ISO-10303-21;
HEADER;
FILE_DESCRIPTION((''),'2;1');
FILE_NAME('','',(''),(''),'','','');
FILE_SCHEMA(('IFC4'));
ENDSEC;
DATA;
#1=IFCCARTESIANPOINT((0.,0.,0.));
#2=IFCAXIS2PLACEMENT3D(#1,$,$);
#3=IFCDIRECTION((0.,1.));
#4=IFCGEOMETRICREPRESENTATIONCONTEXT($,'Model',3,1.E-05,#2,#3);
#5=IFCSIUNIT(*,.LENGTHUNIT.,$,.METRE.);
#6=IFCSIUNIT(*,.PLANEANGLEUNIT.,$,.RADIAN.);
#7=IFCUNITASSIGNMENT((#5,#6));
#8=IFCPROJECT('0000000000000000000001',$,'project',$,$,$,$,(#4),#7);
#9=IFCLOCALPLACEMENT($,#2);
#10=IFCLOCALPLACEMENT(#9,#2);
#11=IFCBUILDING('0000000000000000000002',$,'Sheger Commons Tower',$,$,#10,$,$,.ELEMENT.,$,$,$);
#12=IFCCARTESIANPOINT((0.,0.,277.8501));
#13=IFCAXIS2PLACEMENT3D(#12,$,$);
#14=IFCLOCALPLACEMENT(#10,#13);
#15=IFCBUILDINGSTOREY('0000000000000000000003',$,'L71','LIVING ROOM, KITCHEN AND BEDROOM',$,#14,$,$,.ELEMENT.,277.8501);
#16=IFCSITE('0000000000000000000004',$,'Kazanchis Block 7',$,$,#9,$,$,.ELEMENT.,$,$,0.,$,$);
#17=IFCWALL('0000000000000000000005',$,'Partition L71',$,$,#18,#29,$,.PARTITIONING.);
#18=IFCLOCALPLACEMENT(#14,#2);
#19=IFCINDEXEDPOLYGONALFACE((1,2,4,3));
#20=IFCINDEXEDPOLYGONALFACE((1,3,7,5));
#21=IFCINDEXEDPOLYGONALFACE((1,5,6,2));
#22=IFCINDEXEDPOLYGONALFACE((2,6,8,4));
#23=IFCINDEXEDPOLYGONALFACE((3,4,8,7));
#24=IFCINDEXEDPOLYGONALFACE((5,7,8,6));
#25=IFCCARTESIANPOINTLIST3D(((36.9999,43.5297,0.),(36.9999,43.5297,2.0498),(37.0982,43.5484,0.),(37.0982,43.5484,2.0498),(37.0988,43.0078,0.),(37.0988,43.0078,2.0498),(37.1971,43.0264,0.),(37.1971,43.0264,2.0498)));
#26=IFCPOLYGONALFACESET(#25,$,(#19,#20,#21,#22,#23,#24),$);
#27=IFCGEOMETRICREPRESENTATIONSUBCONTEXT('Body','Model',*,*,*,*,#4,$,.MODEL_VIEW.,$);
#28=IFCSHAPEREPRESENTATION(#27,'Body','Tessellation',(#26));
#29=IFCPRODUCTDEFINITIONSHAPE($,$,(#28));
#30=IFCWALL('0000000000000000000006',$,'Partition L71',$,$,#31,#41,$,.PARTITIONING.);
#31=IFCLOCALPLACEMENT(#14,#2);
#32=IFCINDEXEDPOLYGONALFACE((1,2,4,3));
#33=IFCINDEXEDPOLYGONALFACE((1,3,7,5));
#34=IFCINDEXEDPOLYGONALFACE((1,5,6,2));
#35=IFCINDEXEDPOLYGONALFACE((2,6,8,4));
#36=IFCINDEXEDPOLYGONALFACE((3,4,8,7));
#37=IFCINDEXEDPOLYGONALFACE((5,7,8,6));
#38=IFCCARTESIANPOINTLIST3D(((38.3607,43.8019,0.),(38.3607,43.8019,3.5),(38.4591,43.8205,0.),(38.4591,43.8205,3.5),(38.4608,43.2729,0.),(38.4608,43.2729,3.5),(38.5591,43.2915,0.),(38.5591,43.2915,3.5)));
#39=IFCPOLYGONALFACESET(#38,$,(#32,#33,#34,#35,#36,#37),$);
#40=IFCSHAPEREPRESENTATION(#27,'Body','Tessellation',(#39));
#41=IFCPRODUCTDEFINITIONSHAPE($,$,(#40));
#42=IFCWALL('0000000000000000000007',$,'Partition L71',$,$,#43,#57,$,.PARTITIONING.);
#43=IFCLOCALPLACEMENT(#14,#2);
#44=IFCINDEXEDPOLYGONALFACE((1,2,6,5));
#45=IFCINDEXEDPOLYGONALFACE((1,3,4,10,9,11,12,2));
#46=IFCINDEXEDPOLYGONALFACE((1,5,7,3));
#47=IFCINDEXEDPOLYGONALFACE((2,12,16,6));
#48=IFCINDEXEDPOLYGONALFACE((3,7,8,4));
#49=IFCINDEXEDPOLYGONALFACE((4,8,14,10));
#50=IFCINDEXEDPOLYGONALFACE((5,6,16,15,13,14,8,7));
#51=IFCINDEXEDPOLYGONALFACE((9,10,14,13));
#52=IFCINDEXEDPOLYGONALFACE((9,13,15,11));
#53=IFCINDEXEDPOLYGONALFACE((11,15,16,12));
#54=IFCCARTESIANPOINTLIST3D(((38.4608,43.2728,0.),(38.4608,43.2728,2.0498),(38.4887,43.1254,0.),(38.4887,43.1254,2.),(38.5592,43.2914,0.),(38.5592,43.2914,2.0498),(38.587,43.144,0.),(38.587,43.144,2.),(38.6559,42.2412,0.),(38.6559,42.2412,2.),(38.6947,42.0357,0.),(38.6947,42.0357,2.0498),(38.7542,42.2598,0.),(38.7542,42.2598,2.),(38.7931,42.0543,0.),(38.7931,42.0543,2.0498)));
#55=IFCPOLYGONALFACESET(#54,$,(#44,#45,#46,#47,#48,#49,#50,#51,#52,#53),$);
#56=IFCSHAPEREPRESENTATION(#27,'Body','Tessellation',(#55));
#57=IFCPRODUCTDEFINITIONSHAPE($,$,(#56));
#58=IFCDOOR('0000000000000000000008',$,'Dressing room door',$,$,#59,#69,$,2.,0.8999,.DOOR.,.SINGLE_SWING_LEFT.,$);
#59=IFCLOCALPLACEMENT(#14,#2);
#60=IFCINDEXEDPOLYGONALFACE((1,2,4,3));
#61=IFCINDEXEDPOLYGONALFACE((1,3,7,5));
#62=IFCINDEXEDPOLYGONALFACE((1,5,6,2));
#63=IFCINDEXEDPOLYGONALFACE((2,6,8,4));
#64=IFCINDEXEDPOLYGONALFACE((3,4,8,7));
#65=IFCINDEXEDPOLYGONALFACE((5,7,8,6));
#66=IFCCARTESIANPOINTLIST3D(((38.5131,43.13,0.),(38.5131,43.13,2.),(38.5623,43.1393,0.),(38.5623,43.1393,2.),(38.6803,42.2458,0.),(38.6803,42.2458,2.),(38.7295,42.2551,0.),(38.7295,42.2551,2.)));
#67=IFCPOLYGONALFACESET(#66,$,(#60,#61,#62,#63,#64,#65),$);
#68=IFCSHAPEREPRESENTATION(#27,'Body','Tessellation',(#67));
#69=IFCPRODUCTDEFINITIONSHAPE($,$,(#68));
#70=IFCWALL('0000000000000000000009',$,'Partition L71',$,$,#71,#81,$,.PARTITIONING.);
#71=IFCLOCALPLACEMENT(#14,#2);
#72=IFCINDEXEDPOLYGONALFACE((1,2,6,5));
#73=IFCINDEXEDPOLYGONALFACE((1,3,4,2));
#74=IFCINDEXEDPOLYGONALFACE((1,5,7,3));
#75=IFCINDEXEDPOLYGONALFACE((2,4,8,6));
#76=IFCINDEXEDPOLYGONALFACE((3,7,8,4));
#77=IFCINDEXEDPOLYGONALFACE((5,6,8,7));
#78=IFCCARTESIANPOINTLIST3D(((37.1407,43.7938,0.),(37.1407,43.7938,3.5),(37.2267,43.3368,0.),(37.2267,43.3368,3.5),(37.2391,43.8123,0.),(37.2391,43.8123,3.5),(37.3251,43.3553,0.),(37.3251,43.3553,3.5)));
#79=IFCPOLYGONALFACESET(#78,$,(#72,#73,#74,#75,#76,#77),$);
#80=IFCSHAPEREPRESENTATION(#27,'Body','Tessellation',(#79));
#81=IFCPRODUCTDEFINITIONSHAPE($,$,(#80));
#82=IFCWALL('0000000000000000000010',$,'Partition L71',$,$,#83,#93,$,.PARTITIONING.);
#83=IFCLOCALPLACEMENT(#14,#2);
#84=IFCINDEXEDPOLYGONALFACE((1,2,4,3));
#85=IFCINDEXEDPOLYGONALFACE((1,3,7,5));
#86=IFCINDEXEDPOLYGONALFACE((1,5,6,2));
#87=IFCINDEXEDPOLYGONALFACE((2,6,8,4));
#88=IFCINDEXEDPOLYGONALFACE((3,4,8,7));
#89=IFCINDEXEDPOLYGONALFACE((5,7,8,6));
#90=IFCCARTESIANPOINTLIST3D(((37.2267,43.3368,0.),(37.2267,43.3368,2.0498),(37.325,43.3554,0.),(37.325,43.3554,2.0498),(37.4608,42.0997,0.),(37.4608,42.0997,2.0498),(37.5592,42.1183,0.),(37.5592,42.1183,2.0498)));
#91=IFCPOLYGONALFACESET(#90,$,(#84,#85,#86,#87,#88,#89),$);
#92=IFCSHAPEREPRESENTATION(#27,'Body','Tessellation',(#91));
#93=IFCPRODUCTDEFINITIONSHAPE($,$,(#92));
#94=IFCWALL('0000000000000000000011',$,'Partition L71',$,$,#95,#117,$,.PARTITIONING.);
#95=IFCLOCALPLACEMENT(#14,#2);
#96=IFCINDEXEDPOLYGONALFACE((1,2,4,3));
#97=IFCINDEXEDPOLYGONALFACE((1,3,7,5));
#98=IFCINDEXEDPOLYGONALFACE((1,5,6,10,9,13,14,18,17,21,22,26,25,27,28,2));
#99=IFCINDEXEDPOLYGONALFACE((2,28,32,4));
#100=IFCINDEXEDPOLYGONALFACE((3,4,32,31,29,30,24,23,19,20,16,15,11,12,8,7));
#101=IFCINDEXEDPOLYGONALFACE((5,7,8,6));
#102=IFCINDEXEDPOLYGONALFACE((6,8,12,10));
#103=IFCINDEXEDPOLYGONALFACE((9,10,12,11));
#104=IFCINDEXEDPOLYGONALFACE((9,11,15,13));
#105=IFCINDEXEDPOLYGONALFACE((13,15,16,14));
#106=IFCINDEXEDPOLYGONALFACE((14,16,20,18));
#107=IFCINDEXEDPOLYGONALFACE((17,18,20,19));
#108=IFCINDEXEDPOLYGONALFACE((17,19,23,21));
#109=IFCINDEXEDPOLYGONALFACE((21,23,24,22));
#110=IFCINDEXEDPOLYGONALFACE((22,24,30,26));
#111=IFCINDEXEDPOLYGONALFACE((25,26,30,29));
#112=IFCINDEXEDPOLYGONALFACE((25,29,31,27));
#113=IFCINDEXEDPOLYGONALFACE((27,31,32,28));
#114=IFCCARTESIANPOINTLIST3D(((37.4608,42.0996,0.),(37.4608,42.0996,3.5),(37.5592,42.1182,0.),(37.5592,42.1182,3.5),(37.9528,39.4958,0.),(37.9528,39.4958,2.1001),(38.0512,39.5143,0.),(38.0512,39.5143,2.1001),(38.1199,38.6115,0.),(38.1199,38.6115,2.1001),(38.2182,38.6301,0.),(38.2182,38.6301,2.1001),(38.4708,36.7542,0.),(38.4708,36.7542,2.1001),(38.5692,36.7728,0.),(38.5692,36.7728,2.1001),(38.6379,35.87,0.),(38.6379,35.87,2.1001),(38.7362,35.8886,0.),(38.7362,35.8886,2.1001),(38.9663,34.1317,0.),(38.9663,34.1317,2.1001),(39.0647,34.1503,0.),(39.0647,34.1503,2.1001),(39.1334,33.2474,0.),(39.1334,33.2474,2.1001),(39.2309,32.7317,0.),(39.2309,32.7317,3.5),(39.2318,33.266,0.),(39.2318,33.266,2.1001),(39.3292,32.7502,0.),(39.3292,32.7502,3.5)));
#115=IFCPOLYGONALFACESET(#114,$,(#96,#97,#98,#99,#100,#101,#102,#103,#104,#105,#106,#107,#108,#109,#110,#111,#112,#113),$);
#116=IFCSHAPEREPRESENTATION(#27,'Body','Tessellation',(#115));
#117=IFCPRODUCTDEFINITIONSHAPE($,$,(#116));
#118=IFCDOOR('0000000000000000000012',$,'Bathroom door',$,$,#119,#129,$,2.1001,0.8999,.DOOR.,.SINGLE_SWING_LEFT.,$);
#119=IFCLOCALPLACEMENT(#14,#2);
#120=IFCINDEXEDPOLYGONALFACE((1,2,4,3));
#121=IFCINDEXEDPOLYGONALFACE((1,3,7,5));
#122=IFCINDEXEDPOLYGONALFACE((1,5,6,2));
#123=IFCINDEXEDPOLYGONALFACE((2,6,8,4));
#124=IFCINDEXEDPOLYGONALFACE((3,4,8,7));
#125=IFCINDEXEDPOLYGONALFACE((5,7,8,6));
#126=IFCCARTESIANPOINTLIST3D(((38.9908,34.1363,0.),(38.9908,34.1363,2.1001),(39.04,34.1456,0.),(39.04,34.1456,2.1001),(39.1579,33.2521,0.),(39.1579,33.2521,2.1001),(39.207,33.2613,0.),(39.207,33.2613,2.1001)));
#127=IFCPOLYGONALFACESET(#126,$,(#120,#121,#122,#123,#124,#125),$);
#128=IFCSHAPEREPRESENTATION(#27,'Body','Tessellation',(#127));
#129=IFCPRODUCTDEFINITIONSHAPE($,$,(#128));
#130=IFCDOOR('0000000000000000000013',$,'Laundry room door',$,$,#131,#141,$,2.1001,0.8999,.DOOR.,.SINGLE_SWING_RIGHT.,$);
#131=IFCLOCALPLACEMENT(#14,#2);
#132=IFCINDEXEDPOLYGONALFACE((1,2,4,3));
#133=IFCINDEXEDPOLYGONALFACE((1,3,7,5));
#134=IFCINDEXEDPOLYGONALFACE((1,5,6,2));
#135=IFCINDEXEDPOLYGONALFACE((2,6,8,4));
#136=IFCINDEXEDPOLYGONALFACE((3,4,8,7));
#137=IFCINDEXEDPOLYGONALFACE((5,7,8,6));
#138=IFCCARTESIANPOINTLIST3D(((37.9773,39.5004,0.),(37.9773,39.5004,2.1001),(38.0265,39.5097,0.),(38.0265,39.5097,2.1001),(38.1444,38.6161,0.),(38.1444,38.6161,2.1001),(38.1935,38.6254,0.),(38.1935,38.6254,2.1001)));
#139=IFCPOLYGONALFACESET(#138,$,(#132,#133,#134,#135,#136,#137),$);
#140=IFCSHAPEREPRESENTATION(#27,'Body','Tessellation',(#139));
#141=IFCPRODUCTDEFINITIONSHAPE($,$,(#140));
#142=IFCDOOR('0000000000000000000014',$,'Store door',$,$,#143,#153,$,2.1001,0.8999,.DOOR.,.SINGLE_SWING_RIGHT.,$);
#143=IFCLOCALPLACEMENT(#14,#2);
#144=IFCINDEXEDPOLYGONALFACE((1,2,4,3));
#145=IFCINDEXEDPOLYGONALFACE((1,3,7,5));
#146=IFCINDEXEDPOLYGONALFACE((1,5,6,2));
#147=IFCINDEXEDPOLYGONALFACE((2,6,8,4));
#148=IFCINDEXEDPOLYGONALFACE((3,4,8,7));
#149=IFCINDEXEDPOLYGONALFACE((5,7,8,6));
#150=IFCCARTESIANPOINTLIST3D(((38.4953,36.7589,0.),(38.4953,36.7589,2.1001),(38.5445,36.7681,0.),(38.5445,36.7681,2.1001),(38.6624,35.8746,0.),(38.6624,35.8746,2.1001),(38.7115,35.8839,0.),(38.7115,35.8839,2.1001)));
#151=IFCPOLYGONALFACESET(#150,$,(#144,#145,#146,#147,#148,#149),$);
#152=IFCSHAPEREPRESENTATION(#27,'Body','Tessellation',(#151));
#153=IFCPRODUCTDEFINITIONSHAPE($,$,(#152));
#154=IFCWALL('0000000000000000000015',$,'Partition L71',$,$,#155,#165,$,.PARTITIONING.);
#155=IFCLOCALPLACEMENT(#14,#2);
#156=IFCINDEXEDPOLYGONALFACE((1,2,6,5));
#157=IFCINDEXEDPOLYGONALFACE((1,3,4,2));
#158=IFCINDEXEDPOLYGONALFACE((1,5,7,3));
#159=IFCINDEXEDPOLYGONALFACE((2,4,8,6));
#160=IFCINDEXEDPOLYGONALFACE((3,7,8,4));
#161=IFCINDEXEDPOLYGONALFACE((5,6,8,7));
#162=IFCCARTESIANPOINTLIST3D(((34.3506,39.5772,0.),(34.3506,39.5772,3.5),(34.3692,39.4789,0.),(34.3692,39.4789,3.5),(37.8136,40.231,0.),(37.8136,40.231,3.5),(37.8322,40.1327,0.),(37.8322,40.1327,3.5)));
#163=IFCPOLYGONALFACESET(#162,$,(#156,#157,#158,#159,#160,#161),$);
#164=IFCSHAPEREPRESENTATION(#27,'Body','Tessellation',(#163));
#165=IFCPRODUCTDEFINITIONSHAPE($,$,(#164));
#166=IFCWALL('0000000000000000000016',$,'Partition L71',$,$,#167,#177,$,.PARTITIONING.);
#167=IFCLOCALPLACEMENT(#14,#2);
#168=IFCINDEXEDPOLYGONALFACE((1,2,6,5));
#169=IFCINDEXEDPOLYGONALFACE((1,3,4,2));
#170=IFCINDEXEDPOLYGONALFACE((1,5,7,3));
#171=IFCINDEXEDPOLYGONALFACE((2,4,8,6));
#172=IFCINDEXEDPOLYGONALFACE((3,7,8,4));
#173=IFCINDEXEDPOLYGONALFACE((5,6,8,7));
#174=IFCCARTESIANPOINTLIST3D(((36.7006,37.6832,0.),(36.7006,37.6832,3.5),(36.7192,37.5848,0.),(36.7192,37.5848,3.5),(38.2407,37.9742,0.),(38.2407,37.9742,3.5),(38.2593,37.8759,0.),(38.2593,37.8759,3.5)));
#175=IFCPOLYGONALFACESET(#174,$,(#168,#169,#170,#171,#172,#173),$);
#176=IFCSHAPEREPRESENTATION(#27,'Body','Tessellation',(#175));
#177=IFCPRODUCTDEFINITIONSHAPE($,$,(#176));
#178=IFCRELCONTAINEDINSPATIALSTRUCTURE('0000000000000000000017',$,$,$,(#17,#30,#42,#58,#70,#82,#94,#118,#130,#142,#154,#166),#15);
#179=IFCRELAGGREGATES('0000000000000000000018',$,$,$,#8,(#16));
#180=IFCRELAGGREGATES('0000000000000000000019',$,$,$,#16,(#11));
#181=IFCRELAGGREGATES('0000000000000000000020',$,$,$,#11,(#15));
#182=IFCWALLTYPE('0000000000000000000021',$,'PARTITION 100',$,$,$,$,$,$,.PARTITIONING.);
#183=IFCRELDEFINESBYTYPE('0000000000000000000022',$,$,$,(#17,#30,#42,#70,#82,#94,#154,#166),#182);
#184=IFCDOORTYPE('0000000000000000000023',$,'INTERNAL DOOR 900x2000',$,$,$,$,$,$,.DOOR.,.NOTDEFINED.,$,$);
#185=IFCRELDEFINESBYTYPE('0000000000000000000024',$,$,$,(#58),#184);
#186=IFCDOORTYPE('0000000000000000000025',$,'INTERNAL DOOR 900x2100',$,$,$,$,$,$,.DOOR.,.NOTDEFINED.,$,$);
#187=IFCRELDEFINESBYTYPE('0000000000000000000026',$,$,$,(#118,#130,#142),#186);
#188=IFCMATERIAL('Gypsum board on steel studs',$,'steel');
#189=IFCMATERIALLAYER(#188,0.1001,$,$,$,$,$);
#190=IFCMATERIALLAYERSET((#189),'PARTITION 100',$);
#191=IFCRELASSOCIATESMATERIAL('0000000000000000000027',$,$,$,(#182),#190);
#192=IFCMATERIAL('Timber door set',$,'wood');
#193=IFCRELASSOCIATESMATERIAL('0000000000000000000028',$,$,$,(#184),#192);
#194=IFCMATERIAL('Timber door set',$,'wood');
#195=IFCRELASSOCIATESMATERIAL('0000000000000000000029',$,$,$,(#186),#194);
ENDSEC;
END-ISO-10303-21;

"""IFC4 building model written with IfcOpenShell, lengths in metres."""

from ifc_helpers import new_model, si_unit, direction, frame, frame_2d, origin, place, context, subcontext, project, spatial, rectangle, extrude, material, layer, layer_set, type_object, element, fill, save


model = new_model("IFC4")

# Units and contexts
model_context = context("Model", 3, precision=1e-05, world=origin(), true_north=direction((0.0, 1.0)))
body_context = subcontext(model_context, "Body", "Model", "MODEL_VIEW")
ifc_project = project(units=[si_unit("LENGTHUNIT", "METRE"), si_unit("PLANEANGLEUNIT", "RADIAN")], contexts=[model_context])

# Site, building, storey
site_placement = place(None, origin())
site = spatial("IfcSite", under=ifc_project, at=site_placement, Name="Kazanchis Block 7", CompositionType="ELEMENT", RefElevation=0.0)
building_placement = place(site_placement, origin())
building = spatial("IfcBuilding", under=site, at=building_placement, Name="Sheger Commons Tower", CompositionType="ELEMENT")
storey_placement = place(building_placement, frame((0.0, 0.0, 277.8501)))
storey = spatial("IfcBuildingStorey", under=building, at=storey_placement, Name="L71", Description="LIVING ROOM, KITCHEN AND BEDROOM", CompositionType="ELEMENT", Elevation=277.8501)

# Walls
ifc_material_1 = material(Name="Gypsum board on steel studs", Category="steel")
ifc_layer_1 = layer(ifc_material_1, 0.1001)
ifc_layer_set_1 = layer_set([ifc_layer_1], Name="PARTITION 100")
wall_type_1 = type_object("IfcWallType", Name="PARTITION 100", PredefinedType="PARTITIONING", material=ifc_layer_set_1)
wall_1_placement = place(storey_placement, frame((37.0491, 43.5391, 0.0), z_axis=(0.0, 0.0, 1.0), x_axis=(0.186119, -0.982527, 0.0)))
element("IfcWall", 1, at=wall_1_placement, inside=storey, type_object=wall_type_1, Name="Partition L71", PredefinedType="PARTITIONING", context=body_context, shape_type="SweptSolid", body=[
    extrude(rectangle(XDim=0.5312, YDim=0.1001, at=frame_2d((0.2656, 0.0))), origin(), (0.0, 0.0, 1.0), 2.0498),
])
wall_2_placement = place(storey_placement, frame((38.4099, 43.811, 0.0), z_axis=(0.0, 0.0, 1.0), x_axis=(0.185903, -0.982568, 0.0)))
element("IfcWall", 2, at=wall_2_placement, inside=storey, type_object=wall_type_1, Name="Partition L71", PredefinedType="PARTITIONING", context=body_context, shape_type="SweptSolid", body=[
    extrude(rectangle(XDim=0.5383, YDim=0.1001, at=frame_2d((0.269, 0.0))), origin(), (0.0, 0.0, 1.0), 3.5),
])

# Wall, opening, door
wall_3_placement = place(storey_placement, frame((38.51, 43.282, 0.0), z_axis=(0.0, 0.0, 1.0), x_axis=(0.185775, -0.982592, 0.0)))
wall_3 = element("IfcWall", 3, at=wall_3_placement, inside=storey, type_object=wall_type_1, Name="Partition L71", PredefinedType="PARTITIONING", context=body_context, shape_type="SweptSolid", body=[
    extrude(rectangle(XDim=1.259, YDim=0.1001, at=frame_2d((0.6294, 0.0))), origin(), (0.0, 0.0, 1.0), 2.0498),
])
opening_1_placement = place(wall_3_placement, frame((0.1499, 0.0, 0.0)))
opening_1 = element("IfcOpeningElement", 4, at=opening_1_placement, cuts=wall_3, PredefinedType="OPENING", context=body_context, shape_type="SweptSolid", body=[
    extrude(rectangle(XDim=0.8999, YDim=2.0, at=frame_2d((0.45, 1.0))), frame((0.0, 0.0601, 0.0), z_axis=(0.0, -1.0, 0.0), x_axis=(1.0, 0.0, 0.0)), (0.0, 0.0, 1.0), 0.1201),
])
ifc_material_2 = material(Name="Timber door set", Category="wood")
door_type_1 = type_object("IfcDoorType", Name="INTERNAL DOOR 900x2000", OperationType="NOTDEFINED", PredefinedType="DOOR", material=ifc_material_2)
door_1_placement = place(opening_1_placement, origin())
door_1 = element("IfcDoor", 5, at=door_1_placement, inside=storey, type_object=door_type_1, Name="Dressing room door", OperationType="SINGLE_SWING_LEFT", OverallHeight=2.0, OverallWidth=0.8999, PredefinedType="DOOR", context=body_context, shape_type="SweptSolid", body=[
    extrude(rectangle(XDim=0.8999, YDim=2.0, at=frame_2d((0.45, 1.0))), frame((0.0, 0.0249, 0.0), z_axis=(0.0, -1.0, 0.0), x_axis=(1.0, 0.0, 0.0)), (0.0, 0.0, 1.0), 0.05),
])
fill(opening_1, door_1)

# Walls
wall_4_placement = place(storey_placement, frame((37.1899, 43.803, 0.0), z_axis=(0.0, 0.0, 1.0), x_axis=(0.184796, -0.982777, 0.0)))
element("IfcWall", 6, at=wall_4_placement, inside=storey, type_object=wall_type_1, Name="Partition L71", PredefinedType="PARTITIONING", context=body_context, shape_type="SweptSolid", body=[
    extrude(rectangle(XDim=0.4651, YDim=0.1001, at=frame_2d((0.2324, 0.0))), origin(), (0.0, 0.0, 1.0), 3.5),
])
wall_5_placement = place(storey_placement, frame((37.2759, 43.3459, 0.0), z_axis=(0.0, 0.0, 1.0), x_axis=(0.185963, -0.982557, 0.0)))
element("IfcWall", 7, at=wall_5_placement, inside=storey, type_object=wall_type_1, Name="Partition L71", PredefinedType="PARTITIONING", context=body_context, shape_type="SweptSolid", body=[
    extrude(rectangle(XDim=1.259, YDim=0.1001, at=frame_2d((0.6294, 0.0))), origin(), (0.0, 0.0, 1.0), 2.0498),
])

# Wall, openings, doors
wall_6_placement = place(storey_placement, frame((37.51, 42.1089, 0.0), z_axis=(0.0, 0.0, 1.0), x_axis=(0.18566, -0.982614, 0.0)))
wall_6 = element("IfcWall", 8, at=wall_6_placement, inside=storey, type_object=wall_type_1, Name="Partition L71", PredefinedType="PARTITIONING", context=body_context, shape_type="SweptSolid", body=[
    extrude(rectangle(XDim=9.5337, YDim=0.1001, at=frame_2d((4.7668, 0.0))), origin(), (0.0, 0.0, 1.0), 3.5),
])
opening_2_placement = place(wall_6_placement, frame((8.1089, 0.0, 0.0)))
opening_2 = element("IfcOpeningElement", 9, at=opening_2_placement, cuts=wall_6, PredefinedType="OPENING", context=body_context, shape_type="SweptSolid", body=[
    extrude(rectangle(XDim=0.8999, YDim=2.1001, at=frame_2d((0.45, 1.05))), frame((0.0, 0.0601, 0.0), z_axis=(0.0, -1.0, 0.0), x_axis=(1.0, 0.0, 0.0)), (0.0, 0.0, 1.0), 0.1201),
])
opening_3_placement = place(wall_6_placement, frame((2.6499, 0.0, 0.0)))
opening_3 = element("IfcOpeningElement", 10, at=opening_3_placement, cuts=wall_6, PredefinedType="OPENING", context=body_context, shape_type="SweptSolid", body=[
    extrude(rectangle(XDim=0.8999, YDim=2.1001, at=frame_2d((0.45, 1.05))), frame((0.0, 0.0601, 0.0), z_axis=(0.0, -1.0, 0.0), x_axis=(1.0, 0.0, 0.0)), (0.0, 0.0, 1.0), 0.1201),
])
opening_4_placement = place(wall_6_placement, frame((5.4399, 0.0, 0.0)))
opening_4 = element("IfcOpeningElement", 11, at=opening_4_placement, cuts=wall_6, PredefinedType="OPENING", context=body_context, shape_type="SweptSolid", body=[
    extrude(rectangle(XDim=0.8999, YDim=2.1001, at=frame_2d((0.45, 1.05))), frame((0.0, 0.0601, 0.0), z_axis=(0.0, -1.0, 0.0), x_axis=(1.0, 0.0, 0.0)), (0.0, 0.0, 1.0), 0.1201),
])
ifc_material_3 = material(Name="Timber door set", Category="wood")
door_type_2 = type_object("IfcDoorType", Name="INTERNAL DOOR 900x2100", OperationType="NOTDEFINED", PredefinedType="DOOR", material=ifc_material_3)
door_2_placement = place(opening_2_placement, origin())
door_2 = element("IfcDoor", 12, at=door_2_placement, inside=storey, type_object=door_type_2, Name="Bathroom door", OperationType="SINGLE_SWING_LEFT", OverallHeight=2.1001, OverallWidth=0.8999, PredefinedType="DOOR", context=body_context, shape_type="SweptSolid", body=[
    extrude(rectangle(XDim=0.8999, YDim=2.1001, at=frame_2d((0.45, 1.05))), frame((0.0, 0.0249, 0.0), z_axis=(0.0, -1.0, 0.0), x_axis=(1.0, 0.0, 0.0)), (0.0, 0.0, 1.0), 0.05),
])
fill(opening_2, door_2)
door_3_placement = place(opening_3_placement, origin())
door_3 = element("IfcDoor", 13, at=door_3_placement, inside=storey, type_object=door_type_2, Name="Laundry room door", OperationType="SINGLE_SWING_RIGHT", OverallHeight=2.1001, OverallWidth=0.8999, PredefinedType="DOOR", context=body_context, shape_type="SweptSolid", body=[
    extrude(rectangle(XDim=0.8999, YDim=2.1001, at=frame_2d((0.45, 1.05))), frame((0.0, 0.0249, 0.0), z_axis=(0.0, -1.0, 0.0), x_axis=(1.0, 0.0, 0.0)), (0.0, 0.0, 1.0), 0.05),
])
fill(opening_3, door_3)
door_4_placement = place(opening_4_placement, origin())
door_4 = element("IfcDoor", 14, at=door_4_placement, inside=storey, type_object=door_type_2, Name="Store door", OperationType="SINGLE_SWING_RIGHT", OverallHeight=2.1001, OverallWidth=0.8999, PredefinedType="DOOR", context=body_context, shape_type="SweptSolid", body=[
    extrude(rectangle(XDim=0.8999, YDim=2.1001, at=frame_2d((0.45, 1.05))), frame((0.0, 0.0249, 0.0), z_axis=(0.0, -1.0, 0.0), x_axis=(1.0, 0.0, 0.0)), (0.0, 0.0, 1.0), 0.05),
])
fill(opening_4, door_4)

# Walls
wall_7_placement = place(storey_placement, frame((37.823, 40.1819, 0.0), z_axis=(0.0, 0.0, 1.0), x_axis=(-0.982639, -0.185527, 0.0)))
element("IfcWall", 15, at=wall_7_placement, inside=storey, type_object=wall_type_1, Name="Partition L71", PredefinedType="PARTITIONING", context=body_context, shape_type="SweptSolid", body=[
    extrude(rectangle(XDim=3.5242, YDim=0.1001, at=frame_2d((1.7622, 0.0))), origin(), (0.0, 0.0, 1.0), 3.5),
])
wall_8_placement = place(storey_placement, frame((38.25, 37.925, 0.0), z_axis=(0.0, 0.0, 1.0), x_axis=(-0.98261, -0.18568, 0.0)))
element("IfcWall", 16, at=wall_8_placement, inside=storey, type_object=wall_type_1, Name="Partition L71", PredefinedType="PARTITIONING", context=body_context, shape_type="SweptSolid", body=[
    extrude(rectangle(XDim=1.5674, YDim=0.1001, at=frame_2d((0.7837, 0.0))), origin(), (0.0, 0.0, 1.0), 3.5),
])

save(model, "model.ifc")
